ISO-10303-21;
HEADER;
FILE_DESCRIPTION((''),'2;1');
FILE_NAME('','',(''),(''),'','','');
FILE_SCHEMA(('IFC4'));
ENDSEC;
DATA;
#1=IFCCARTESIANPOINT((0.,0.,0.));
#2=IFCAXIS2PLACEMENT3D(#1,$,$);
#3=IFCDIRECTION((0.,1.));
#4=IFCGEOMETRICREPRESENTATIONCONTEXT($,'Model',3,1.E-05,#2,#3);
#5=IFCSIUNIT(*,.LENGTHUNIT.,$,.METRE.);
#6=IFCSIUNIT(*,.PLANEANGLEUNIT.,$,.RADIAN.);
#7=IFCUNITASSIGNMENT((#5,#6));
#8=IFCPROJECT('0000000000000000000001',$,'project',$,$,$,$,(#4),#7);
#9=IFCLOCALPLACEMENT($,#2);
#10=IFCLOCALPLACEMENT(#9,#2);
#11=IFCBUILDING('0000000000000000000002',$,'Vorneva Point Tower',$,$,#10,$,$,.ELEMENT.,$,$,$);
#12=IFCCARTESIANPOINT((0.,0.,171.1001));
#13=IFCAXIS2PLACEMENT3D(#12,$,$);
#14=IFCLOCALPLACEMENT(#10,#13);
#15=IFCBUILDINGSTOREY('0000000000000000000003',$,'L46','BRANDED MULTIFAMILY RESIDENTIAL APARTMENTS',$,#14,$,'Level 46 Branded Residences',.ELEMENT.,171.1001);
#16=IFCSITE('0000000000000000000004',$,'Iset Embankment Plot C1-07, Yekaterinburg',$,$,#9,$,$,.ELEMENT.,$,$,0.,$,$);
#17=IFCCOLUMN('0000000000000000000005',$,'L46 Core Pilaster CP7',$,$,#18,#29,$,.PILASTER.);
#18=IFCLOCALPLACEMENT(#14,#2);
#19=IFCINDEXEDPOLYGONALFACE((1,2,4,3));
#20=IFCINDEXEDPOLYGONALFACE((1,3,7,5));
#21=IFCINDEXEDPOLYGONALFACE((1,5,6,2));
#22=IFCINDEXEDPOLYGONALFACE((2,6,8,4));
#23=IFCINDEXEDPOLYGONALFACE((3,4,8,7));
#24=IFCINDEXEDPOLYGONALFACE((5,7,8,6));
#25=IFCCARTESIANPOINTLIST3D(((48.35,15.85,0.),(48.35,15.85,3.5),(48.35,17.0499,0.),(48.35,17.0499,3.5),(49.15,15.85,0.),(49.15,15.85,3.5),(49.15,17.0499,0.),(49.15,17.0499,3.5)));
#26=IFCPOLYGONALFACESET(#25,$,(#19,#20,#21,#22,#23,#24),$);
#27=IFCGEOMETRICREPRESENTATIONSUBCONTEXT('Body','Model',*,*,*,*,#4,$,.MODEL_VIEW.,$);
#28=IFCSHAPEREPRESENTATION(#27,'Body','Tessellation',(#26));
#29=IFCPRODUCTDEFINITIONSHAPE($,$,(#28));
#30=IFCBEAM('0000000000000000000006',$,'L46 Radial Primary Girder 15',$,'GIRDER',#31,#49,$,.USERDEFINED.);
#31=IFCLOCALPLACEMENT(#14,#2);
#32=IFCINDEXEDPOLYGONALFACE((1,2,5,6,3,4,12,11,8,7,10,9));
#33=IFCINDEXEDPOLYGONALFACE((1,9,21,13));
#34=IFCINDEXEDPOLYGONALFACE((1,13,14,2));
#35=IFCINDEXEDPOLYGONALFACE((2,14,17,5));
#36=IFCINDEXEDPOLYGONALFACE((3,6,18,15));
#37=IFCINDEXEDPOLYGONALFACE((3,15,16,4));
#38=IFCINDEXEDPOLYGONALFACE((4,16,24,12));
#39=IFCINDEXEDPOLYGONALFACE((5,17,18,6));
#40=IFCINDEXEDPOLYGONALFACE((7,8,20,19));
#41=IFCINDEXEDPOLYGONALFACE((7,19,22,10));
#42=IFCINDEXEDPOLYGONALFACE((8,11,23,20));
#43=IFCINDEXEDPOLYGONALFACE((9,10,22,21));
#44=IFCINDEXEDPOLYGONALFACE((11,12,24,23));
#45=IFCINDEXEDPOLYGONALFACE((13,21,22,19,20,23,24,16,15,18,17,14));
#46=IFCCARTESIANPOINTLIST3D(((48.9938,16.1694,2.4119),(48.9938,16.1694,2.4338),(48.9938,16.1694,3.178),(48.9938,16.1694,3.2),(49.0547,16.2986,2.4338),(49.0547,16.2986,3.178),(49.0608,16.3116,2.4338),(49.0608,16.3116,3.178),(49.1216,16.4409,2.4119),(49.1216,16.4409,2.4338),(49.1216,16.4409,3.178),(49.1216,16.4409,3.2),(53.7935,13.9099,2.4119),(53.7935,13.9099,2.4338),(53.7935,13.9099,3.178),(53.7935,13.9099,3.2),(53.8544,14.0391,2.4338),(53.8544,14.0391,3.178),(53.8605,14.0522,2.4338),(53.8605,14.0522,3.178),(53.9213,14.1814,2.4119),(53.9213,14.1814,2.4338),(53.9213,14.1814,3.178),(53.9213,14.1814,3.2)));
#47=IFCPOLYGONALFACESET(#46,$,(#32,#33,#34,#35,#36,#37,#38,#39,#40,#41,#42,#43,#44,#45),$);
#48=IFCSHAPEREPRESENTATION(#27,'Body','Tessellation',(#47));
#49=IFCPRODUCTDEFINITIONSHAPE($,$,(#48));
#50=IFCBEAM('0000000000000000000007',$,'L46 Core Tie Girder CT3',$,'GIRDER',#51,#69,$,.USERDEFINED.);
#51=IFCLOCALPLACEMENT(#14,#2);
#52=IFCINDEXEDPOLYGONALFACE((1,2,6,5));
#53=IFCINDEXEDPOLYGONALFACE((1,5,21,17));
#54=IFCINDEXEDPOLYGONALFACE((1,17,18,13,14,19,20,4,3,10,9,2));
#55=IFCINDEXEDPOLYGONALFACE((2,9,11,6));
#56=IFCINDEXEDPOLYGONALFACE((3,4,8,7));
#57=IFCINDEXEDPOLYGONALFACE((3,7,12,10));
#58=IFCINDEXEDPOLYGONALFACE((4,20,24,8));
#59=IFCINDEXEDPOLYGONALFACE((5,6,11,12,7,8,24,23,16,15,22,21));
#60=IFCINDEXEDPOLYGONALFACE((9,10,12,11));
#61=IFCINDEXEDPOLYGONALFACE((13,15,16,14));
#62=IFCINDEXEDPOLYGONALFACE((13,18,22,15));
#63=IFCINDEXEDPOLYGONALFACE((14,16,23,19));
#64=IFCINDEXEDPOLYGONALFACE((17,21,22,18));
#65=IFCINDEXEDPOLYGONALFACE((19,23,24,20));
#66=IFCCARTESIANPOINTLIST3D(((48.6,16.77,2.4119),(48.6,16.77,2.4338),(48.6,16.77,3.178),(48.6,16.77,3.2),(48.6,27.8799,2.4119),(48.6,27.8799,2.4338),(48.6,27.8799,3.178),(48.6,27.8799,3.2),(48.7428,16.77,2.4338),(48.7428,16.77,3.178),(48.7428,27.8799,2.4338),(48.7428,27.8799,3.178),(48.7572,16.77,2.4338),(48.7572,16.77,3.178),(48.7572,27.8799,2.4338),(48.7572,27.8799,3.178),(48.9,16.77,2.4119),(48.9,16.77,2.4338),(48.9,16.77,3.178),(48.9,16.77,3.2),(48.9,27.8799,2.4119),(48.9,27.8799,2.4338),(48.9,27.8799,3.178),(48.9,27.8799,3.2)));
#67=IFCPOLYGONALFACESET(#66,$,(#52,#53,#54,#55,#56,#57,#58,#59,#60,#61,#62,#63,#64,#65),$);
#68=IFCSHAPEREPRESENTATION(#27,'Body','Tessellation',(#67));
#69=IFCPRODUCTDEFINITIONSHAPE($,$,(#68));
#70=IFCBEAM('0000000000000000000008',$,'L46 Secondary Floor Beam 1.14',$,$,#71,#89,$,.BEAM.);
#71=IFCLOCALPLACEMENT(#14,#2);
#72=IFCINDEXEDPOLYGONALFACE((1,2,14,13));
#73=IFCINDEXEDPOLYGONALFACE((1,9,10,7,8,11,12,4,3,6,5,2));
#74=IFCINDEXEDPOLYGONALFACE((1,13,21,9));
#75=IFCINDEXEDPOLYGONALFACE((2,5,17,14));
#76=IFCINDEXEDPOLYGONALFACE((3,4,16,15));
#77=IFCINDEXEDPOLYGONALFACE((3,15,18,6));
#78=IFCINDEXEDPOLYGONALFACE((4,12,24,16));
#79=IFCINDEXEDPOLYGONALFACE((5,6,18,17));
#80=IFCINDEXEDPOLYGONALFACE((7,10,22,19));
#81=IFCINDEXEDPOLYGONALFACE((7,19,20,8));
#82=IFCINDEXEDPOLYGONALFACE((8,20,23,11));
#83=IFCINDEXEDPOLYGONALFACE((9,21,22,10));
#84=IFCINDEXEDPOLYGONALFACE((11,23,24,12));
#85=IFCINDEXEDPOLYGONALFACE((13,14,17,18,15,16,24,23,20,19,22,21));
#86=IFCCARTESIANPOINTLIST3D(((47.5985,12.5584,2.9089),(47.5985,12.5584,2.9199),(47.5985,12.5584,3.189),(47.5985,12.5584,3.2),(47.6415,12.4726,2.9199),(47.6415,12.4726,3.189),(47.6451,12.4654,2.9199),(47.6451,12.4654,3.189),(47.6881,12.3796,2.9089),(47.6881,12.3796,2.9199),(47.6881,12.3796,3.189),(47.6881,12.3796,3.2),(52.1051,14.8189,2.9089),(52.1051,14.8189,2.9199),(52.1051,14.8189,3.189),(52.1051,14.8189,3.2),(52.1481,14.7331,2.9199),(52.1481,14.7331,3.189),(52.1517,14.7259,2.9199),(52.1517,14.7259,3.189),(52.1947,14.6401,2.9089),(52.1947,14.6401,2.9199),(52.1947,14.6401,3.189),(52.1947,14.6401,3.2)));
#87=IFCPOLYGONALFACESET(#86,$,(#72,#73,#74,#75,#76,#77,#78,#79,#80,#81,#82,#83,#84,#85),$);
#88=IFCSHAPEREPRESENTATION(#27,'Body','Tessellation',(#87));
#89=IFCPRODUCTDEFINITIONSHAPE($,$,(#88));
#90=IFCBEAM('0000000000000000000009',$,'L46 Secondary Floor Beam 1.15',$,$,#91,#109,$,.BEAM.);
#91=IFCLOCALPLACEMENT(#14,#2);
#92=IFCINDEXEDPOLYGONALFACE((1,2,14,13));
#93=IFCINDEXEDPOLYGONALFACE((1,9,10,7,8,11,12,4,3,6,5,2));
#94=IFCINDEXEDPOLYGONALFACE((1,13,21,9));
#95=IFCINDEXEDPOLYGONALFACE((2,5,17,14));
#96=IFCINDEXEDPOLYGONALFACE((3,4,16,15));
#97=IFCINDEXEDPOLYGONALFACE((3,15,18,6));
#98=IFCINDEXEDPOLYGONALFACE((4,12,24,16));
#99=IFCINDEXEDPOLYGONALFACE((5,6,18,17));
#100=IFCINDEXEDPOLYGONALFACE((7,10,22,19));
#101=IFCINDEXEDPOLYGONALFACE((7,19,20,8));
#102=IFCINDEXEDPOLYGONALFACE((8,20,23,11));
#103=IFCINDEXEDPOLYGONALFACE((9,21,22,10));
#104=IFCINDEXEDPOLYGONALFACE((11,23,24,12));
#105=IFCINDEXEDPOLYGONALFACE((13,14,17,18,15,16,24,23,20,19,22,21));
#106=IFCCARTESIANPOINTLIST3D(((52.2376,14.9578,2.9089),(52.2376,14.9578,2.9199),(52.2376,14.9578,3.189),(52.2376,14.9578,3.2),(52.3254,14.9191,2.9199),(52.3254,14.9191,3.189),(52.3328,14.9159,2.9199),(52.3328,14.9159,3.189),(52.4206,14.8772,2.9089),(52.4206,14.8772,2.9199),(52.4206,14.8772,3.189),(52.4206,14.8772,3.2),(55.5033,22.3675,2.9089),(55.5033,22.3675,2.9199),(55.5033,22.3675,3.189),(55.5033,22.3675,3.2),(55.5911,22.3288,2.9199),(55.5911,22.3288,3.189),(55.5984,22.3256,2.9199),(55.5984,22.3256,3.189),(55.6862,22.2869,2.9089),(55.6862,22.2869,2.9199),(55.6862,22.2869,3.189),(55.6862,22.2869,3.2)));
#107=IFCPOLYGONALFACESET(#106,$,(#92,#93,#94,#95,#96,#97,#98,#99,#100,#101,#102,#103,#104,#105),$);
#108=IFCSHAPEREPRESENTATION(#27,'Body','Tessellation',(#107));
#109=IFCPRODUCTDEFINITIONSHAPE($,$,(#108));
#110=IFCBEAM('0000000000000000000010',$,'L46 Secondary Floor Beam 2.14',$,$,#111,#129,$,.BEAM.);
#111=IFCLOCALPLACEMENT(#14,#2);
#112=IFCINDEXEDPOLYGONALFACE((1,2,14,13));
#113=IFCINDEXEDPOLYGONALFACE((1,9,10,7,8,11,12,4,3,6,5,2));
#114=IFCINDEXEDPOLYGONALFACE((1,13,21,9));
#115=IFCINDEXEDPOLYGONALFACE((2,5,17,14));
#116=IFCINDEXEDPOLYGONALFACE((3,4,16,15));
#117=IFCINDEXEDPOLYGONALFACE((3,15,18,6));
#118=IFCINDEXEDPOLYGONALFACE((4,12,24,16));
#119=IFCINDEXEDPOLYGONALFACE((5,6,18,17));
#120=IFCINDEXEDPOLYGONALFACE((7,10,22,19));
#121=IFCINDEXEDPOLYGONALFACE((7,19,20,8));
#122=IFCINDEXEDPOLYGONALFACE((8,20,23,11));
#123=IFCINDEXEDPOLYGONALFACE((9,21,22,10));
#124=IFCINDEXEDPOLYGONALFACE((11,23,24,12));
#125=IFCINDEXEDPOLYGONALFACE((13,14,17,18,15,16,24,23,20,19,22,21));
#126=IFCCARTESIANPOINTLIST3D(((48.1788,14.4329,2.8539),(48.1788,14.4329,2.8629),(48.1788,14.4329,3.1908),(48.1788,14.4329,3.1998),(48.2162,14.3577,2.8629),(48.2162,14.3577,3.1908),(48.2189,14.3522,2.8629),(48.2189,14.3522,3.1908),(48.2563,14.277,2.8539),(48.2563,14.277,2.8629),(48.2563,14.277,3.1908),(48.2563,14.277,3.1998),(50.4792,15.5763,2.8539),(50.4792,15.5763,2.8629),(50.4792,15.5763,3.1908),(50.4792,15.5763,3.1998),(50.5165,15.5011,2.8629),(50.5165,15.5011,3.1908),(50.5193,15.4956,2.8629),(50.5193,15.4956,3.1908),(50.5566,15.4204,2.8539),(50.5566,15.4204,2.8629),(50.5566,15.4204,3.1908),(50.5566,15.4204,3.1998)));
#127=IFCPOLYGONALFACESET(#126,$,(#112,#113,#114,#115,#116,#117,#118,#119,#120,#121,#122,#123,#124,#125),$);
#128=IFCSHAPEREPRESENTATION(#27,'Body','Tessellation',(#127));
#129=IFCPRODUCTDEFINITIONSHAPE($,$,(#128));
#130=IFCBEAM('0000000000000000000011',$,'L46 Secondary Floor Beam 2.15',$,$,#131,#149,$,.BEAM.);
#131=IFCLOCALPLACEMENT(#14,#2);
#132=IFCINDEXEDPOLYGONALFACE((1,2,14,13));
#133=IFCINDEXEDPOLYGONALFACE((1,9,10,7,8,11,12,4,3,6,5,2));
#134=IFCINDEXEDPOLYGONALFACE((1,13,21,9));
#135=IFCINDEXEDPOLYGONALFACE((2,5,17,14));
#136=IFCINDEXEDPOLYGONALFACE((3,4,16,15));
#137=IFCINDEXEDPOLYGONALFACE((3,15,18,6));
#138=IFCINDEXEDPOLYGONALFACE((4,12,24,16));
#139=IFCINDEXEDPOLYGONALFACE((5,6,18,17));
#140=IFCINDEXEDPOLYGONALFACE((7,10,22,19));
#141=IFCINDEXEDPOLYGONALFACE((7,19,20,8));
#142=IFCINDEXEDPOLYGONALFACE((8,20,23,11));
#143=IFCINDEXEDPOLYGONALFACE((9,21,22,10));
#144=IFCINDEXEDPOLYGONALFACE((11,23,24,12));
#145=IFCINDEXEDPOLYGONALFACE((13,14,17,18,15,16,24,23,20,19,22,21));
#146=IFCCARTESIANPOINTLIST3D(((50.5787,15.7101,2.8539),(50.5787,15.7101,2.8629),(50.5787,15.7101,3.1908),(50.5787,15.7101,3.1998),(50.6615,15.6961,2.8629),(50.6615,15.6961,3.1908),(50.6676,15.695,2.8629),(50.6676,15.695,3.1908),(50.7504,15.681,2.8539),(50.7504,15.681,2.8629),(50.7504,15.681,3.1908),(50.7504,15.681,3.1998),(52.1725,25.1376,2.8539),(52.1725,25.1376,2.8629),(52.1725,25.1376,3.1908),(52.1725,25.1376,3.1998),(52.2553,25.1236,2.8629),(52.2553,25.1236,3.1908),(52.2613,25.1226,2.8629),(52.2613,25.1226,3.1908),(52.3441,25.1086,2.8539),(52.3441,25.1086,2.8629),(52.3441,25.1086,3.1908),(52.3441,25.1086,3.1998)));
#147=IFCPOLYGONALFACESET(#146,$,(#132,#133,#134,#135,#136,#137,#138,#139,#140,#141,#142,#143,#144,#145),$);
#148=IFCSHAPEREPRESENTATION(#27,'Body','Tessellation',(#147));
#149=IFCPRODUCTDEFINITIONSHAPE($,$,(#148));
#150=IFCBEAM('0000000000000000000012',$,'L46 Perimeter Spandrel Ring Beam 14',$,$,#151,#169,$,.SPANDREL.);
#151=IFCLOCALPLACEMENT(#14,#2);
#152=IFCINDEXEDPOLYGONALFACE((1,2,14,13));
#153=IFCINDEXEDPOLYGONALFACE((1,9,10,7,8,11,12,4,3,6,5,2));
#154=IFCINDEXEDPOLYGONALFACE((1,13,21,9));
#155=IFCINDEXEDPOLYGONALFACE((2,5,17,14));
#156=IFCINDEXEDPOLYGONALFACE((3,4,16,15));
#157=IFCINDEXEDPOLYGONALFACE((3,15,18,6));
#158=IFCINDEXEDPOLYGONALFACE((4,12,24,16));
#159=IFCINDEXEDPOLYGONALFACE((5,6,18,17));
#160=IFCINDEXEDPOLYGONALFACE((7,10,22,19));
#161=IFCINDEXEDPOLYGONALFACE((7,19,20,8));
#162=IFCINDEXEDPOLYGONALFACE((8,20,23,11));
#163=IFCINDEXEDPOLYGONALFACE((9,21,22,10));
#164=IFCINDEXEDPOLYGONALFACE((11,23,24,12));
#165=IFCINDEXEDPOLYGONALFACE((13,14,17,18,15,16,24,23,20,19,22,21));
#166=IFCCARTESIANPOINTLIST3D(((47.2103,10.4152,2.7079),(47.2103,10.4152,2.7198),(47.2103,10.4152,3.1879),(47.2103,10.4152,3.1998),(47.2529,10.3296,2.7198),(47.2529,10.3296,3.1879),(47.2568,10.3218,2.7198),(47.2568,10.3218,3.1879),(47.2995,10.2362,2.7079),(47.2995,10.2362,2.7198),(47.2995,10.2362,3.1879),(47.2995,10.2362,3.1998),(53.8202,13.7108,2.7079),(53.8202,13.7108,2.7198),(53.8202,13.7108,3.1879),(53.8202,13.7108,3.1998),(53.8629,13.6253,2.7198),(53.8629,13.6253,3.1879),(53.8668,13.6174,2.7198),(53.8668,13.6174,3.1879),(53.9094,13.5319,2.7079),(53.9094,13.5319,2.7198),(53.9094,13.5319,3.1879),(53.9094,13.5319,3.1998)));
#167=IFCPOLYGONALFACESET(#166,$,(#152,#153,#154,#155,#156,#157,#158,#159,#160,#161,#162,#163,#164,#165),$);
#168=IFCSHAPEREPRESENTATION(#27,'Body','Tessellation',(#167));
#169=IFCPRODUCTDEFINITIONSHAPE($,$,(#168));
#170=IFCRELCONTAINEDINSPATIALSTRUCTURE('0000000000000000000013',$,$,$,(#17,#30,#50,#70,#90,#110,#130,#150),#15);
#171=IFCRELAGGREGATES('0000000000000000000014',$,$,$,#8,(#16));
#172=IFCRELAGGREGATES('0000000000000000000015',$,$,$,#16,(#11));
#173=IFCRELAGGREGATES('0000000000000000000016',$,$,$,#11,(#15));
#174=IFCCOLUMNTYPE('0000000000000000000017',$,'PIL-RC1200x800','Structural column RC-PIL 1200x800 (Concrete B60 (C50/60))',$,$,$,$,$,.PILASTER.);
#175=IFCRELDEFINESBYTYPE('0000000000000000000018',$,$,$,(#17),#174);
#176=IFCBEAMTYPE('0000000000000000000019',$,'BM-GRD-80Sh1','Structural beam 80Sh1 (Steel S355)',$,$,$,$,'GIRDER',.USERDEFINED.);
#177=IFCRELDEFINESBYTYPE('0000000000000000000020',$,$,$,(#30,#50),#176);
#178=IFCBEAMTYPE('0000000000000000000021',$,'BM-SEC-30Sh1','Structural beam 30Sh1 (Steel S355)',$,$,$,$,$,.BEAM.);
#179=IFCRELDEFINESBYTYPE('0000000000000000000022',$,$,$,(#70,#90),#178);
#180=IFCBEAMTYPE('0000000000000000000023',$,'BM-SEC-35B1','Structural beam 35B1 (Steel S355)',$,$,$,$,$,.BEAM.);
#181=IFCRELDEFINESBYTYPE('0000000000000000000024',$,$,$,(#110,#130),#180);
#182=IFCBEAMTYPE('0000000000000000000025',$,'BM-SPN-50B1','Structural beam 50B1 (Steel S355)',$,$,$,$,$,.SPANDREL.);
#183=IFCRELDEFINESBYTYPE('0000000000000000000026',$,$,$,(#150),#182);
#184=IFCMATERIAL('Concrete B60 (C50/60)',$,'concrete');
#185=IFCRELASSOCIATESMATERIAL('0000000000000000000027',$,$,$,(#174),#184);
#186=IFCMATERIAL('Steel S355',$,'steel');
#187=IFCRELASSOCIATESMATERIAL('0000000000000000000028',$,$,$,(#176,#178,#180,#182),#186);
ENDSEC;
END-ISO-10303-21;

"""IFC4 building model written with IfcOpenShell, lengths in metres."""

from ifc_helpers import new_model, si_unit, direction, frame, origin, origin_2d, place, context, subcontext, project, spatial, rectangle, i_section, extrude, material, material_profile, profile_set, type_object, element, save


model = new_model("IFC4")

# Units and contexts
model_context = context("Model", 3, precision=1e-05, world=origin(), true_north=direction((0.0, 1.0)))
body_context = subcontext(model_context, "Body", "Model", "MODEL_VIEW")
ifc_project = project(units=[si_unit("LENGTHUNIT", "METRE"), si_unit("PLANEANGLEUNIT", "RADIAN")], contexts=[model_context])

# Site, building, storey
site_placement = place(None, origin())
site = spatial("IfcSite", under=ifc_project, at=site_placement, Name="Iset Embankment Plot C1-07, Yekaterinburg", CompositionType="ELEMENT", RefElevation=0.0)
building_placement = place(site_placement, origin())
building = spatial("IfcBuilding", under=site, at=building_placement, Name="Vorneva Point Tower", CompositionType="ELEMENT")
storey_placement = place(building_placement, frame((0.0, 0.0, 171.1001)))
storey = spatial("IfcBuildingStorey", under=building, at=storey_placement, Name="L46", Description="BRANDED MULTIFAMILY RESIDENTIAL APARTMENTS", LongName="Level 46 Branded Residences", CompositionType="ELEMENT", Elevation=171.1001)

# Column
ifc_material_1 = material(Name="Concrete B60 (C50/60)", Category="concrete")
ifc_material_profile_1 = material_profile(ifc_material_1, rectangle(XDim=0.8, YDim=1.2, at=origin_2d()), Name="RC-PIL 1200x800")
ifc_profile_set_1 = profile_set([ifc_material_profile_1], Name="Concrete B60 (C50/60)")
column_type_1 = type_object("IfcColumnType", Name="PIL-RC1200x800", Description="Structural column RC-PIL 1200x800 (Concrete B60 (C50/60))", PredefinedType="PILASTER", material=ifc_profile_set_1)
column_1_placement = place(storey_placement, frame((48.75, 16.45, 0.0), z_axis=(0.0, 0.0, 1.0), x_axis=(1.0, 0.0, 0.0)))
element("IfcColumn", 1, at=column_1_placement, inside=storey, type_object=column_type_1, Name="L46 Core Pilaster CP7", PredefinedType="PILASTER", context=body_context, shape_type="SweptSolid", body=[
    extrude(rectangle(XDim=0.8, YDim=1.2, at=origin_2d()), origin(), (0.0, 0.0, 1.0), 3.5),
])

# Beams
ifc_material_2 = material(Name="Steel S355", Category="steel")
ifc_material_profile_2 = material_profile(ifc_material_2, i_section(OverallWidth=0.3, OverallDepth=0.7881, WebThickness=0.0144, FlangeThickness=0.022, at=origin_2d()), Name="80Sh1")
ifc_profile_set_2 = profile_set([ifc_material_profile_2], Name="Steel S355")
beam_type_1 = type_object("IfcBeamType", Name="BM-GRD-80Sh1", Description="Structural beam 80Sh1 (Steel S355)", ElementType="GIRDER", PredefinedType="USERDEFINED", material=ifc_profile_set_2)
beam_1_placement = place(storey_placement, frame((53.8574, 14.0457, 2.8059), z_axis=(-0.904761, 0.425919, 0.0), x_axis=(-0.425919, -0.904761, 0.0)))
element("IfcBeam", 2, at=beam_1_placement, inside=storey, type_object=beam_type_1, Name="L46 Radial Primary Girder 15", ObjectType="GIRDER", PredefinedType="USERDEFINED", context=body_context, shape_type="SweptSolid", body=[
    extrude(i_section(OverallWidth=0.3, OverallDepth=0.7881, WebThickness=0.0144, FlangeThickness=0.022, at=origin_2d()), origin(), (0.0, 0.0, 1.0), 5.3049),
])
beam_2_placement = place(storey_placement, frame((48.75, 16.77, 2.8059), z_axis=(0.0, 1.0, 0.0), x_axis=(-1.0, 0.0, 0.0)))
element("IfcBeam", 3, at=beam_2_placement, inside=storey, type_object=beam_type_1, Name="L46 Core Tie Girder CT3", ObjectType="GIRDER", PredefinedType="USERDEFINED", context=body_context, shape_type="SweptSolid", body=[
    extrude(i_section(OverallWidth=0.3, OverallDepth=0.7881, WebThickness=0.0144, FlangeThickness=0.022, at=origin_2d()), origin(), (0.0, 0.0, 1.0), 11.1099),
])
ifc_material_profile_3 = material_profile(ifc_material_2, i_section(OverallWidth=0.2, OverallDepth=0.291, WebThickness=0.0081, FlangeThickness=0.011, at=origin_2d()), Name="30Sh1")
ifc_profile_set_3 = profile_set([ifc_material_profile_3], Name="Steel S355")
beam_type_2 = type_object("IfcBeamType", Name="BM-SEC-30Sh1", Description="Structural beam 30Sh1 (Steel S355)", PredefinedType="BEAM", material=ifc_profile_set_3)
beam_3_placement = place(storey_placement, frame((47.6433, 12.469, 3.0544), z_axis=(0.893855, 0.448356, 0.0), x_axis=(-0.448356, 0.893855, 0.0)))
element("IfcBeam", 4, at=beam_3_placement, inside=storey, type_object=beam_type_2, Name="L46 Secondary Floor Beam 1.14", PredefinedType="BEAM", context=body_context, shape_type="SweptSolid", body=[
    extrude(i_section(OverallWidth=0.2, OverallDepth=0.291, WebThickness=0.0081, FlangeThickness=0.011, at=origin_2d()), origin(), (0.0, 0.0, 1.0), 5.0417),
])
beam_4_placement = place(storey_placement, frame((52.3291, 14.9175, 3.0544), z_axis=(0.403294, 0.91507, 0.0), x_axis=(-0.91507, 0.403294, 0.0)))
element("IfcBeam", 5, at=beam_4_placement, inside=storey, type_object=beam_type_2, Name="L46 Secondary Floor Beam 1.15", PredefinedType="BEAM", context=body_context, shape_type="SweptSolid", body=[
    extrude(i_section(OverallWidth=0.2, OverallDepth=0.291, WebThickness=0.0081, FlangeThickness=0.011, at=origin_2d()), origin(), (0.0, 0.0, 1.0), 8.0974),
])
ifc_material_profile_4 = material_profile(ifc_material_2, i_section(OverallWidth=0.1741, OverallDepth=0.3459, WebThickness=0.0061, FlangeThickness=0.009, at=origin_2d()), Name="35B1")
ifc_profile_set_4 = profile_set([ifc_material_profile_4], Name="Steel S355")
beam_type_3 = type_object("IfcBeamType", Name="BM-SEC-35B1", Description="Structural beam 35B1 (Steel S355)", PredefinedType="BEAM", material=ifc_profile_set_4)
beam_5_placement = place(storey_placement, frame((48.2175, 14.355, 3.0269), z_axis=(0.895489, 0.445083, 0.0), x_axis=(-0.445083, 0.895489, 0.0)))
element("IfcBeam", 6, at=beam_5_placement, inside=storey, type_object=beam_type_3, Name="L46 Secondary Floor Beam 2.14", PredefinedType="BEAM", context=body_context, shape_type="SweptSolid", body=[
    extrude(i_section(OverallWidth=0.1741, OverallDepth=0.3459, WebThickness=0.0061, FlangeThickness=0.009, at=origin_2d()), origin(), (0.0, 0.0, 1.0), 2.5688),
])
beam_6_placement = place(storey_placement, frame((50.6646, 15.6956, 3.0269), z_axis=(0.166688, 0.98601, 0.0), x_axis=(-0.98601, 0.166688, 0.0)))
element("IfcBeam", 7, at=beam_6_placement, inside=storey, type_object=beam_type_3, Name="L46 Secondary Floor Beam 2.15", PredefinedType="BEAM", context=body_context, shape_type="SweptSolid", body=[
    extrude(i_section(OverallWidth=0.1741, OverallDepth=0.3459, WebThickness=0.0061, FlangeThickness=0.009, at=origin_2d()), origin(), (0.0, 0.0, 1.0), 9.5613),
])
ifc_material_profile_5 = material_profile(ifc_material_2, i_section(OverallWidth=0.2, OverallDepth=0.4919, WebThickness=0.0088, FlangeThickness=0.012, at=origin_2d()), Name="50B1")
ifc_profile_set_5 = profile_set([ifc_material_profile_5], Name="Steel S355")
beam_type_4 = type_object("IfcBeamType", Name="BM-SPN-50B1", Description="Structural beam 50B1 (Steel S355)", PredefinedType="SPANDREL", material=ifc_profile_set_5)
beam_7_placement = place(storey_placement, frame((47.2549, 10.3257, 2.9539), z_axis=(0.894929, 0.446208, 0.0), x_axis=(-0.446208, 0.894929, 0.0)))
element("IfcBeam", 8, at=beam_7_placement, inside=storey, type_object=beam_type_4, Name="L46 Perimeter Spandrel Ring Beam 14", PredefinedType="SPANDREL", context=body_context, shape_type="SweptSolid", body=[
    extrude(i_section(OverallWidth=0.2, OverallDepth=0.4919, WebThickness=0.0088, FlangeThickness=0.012, at=origin_2d()), origin(), (0.0, 0.0, 1.0), 7.386),
])

save(model, "model.ifc")
